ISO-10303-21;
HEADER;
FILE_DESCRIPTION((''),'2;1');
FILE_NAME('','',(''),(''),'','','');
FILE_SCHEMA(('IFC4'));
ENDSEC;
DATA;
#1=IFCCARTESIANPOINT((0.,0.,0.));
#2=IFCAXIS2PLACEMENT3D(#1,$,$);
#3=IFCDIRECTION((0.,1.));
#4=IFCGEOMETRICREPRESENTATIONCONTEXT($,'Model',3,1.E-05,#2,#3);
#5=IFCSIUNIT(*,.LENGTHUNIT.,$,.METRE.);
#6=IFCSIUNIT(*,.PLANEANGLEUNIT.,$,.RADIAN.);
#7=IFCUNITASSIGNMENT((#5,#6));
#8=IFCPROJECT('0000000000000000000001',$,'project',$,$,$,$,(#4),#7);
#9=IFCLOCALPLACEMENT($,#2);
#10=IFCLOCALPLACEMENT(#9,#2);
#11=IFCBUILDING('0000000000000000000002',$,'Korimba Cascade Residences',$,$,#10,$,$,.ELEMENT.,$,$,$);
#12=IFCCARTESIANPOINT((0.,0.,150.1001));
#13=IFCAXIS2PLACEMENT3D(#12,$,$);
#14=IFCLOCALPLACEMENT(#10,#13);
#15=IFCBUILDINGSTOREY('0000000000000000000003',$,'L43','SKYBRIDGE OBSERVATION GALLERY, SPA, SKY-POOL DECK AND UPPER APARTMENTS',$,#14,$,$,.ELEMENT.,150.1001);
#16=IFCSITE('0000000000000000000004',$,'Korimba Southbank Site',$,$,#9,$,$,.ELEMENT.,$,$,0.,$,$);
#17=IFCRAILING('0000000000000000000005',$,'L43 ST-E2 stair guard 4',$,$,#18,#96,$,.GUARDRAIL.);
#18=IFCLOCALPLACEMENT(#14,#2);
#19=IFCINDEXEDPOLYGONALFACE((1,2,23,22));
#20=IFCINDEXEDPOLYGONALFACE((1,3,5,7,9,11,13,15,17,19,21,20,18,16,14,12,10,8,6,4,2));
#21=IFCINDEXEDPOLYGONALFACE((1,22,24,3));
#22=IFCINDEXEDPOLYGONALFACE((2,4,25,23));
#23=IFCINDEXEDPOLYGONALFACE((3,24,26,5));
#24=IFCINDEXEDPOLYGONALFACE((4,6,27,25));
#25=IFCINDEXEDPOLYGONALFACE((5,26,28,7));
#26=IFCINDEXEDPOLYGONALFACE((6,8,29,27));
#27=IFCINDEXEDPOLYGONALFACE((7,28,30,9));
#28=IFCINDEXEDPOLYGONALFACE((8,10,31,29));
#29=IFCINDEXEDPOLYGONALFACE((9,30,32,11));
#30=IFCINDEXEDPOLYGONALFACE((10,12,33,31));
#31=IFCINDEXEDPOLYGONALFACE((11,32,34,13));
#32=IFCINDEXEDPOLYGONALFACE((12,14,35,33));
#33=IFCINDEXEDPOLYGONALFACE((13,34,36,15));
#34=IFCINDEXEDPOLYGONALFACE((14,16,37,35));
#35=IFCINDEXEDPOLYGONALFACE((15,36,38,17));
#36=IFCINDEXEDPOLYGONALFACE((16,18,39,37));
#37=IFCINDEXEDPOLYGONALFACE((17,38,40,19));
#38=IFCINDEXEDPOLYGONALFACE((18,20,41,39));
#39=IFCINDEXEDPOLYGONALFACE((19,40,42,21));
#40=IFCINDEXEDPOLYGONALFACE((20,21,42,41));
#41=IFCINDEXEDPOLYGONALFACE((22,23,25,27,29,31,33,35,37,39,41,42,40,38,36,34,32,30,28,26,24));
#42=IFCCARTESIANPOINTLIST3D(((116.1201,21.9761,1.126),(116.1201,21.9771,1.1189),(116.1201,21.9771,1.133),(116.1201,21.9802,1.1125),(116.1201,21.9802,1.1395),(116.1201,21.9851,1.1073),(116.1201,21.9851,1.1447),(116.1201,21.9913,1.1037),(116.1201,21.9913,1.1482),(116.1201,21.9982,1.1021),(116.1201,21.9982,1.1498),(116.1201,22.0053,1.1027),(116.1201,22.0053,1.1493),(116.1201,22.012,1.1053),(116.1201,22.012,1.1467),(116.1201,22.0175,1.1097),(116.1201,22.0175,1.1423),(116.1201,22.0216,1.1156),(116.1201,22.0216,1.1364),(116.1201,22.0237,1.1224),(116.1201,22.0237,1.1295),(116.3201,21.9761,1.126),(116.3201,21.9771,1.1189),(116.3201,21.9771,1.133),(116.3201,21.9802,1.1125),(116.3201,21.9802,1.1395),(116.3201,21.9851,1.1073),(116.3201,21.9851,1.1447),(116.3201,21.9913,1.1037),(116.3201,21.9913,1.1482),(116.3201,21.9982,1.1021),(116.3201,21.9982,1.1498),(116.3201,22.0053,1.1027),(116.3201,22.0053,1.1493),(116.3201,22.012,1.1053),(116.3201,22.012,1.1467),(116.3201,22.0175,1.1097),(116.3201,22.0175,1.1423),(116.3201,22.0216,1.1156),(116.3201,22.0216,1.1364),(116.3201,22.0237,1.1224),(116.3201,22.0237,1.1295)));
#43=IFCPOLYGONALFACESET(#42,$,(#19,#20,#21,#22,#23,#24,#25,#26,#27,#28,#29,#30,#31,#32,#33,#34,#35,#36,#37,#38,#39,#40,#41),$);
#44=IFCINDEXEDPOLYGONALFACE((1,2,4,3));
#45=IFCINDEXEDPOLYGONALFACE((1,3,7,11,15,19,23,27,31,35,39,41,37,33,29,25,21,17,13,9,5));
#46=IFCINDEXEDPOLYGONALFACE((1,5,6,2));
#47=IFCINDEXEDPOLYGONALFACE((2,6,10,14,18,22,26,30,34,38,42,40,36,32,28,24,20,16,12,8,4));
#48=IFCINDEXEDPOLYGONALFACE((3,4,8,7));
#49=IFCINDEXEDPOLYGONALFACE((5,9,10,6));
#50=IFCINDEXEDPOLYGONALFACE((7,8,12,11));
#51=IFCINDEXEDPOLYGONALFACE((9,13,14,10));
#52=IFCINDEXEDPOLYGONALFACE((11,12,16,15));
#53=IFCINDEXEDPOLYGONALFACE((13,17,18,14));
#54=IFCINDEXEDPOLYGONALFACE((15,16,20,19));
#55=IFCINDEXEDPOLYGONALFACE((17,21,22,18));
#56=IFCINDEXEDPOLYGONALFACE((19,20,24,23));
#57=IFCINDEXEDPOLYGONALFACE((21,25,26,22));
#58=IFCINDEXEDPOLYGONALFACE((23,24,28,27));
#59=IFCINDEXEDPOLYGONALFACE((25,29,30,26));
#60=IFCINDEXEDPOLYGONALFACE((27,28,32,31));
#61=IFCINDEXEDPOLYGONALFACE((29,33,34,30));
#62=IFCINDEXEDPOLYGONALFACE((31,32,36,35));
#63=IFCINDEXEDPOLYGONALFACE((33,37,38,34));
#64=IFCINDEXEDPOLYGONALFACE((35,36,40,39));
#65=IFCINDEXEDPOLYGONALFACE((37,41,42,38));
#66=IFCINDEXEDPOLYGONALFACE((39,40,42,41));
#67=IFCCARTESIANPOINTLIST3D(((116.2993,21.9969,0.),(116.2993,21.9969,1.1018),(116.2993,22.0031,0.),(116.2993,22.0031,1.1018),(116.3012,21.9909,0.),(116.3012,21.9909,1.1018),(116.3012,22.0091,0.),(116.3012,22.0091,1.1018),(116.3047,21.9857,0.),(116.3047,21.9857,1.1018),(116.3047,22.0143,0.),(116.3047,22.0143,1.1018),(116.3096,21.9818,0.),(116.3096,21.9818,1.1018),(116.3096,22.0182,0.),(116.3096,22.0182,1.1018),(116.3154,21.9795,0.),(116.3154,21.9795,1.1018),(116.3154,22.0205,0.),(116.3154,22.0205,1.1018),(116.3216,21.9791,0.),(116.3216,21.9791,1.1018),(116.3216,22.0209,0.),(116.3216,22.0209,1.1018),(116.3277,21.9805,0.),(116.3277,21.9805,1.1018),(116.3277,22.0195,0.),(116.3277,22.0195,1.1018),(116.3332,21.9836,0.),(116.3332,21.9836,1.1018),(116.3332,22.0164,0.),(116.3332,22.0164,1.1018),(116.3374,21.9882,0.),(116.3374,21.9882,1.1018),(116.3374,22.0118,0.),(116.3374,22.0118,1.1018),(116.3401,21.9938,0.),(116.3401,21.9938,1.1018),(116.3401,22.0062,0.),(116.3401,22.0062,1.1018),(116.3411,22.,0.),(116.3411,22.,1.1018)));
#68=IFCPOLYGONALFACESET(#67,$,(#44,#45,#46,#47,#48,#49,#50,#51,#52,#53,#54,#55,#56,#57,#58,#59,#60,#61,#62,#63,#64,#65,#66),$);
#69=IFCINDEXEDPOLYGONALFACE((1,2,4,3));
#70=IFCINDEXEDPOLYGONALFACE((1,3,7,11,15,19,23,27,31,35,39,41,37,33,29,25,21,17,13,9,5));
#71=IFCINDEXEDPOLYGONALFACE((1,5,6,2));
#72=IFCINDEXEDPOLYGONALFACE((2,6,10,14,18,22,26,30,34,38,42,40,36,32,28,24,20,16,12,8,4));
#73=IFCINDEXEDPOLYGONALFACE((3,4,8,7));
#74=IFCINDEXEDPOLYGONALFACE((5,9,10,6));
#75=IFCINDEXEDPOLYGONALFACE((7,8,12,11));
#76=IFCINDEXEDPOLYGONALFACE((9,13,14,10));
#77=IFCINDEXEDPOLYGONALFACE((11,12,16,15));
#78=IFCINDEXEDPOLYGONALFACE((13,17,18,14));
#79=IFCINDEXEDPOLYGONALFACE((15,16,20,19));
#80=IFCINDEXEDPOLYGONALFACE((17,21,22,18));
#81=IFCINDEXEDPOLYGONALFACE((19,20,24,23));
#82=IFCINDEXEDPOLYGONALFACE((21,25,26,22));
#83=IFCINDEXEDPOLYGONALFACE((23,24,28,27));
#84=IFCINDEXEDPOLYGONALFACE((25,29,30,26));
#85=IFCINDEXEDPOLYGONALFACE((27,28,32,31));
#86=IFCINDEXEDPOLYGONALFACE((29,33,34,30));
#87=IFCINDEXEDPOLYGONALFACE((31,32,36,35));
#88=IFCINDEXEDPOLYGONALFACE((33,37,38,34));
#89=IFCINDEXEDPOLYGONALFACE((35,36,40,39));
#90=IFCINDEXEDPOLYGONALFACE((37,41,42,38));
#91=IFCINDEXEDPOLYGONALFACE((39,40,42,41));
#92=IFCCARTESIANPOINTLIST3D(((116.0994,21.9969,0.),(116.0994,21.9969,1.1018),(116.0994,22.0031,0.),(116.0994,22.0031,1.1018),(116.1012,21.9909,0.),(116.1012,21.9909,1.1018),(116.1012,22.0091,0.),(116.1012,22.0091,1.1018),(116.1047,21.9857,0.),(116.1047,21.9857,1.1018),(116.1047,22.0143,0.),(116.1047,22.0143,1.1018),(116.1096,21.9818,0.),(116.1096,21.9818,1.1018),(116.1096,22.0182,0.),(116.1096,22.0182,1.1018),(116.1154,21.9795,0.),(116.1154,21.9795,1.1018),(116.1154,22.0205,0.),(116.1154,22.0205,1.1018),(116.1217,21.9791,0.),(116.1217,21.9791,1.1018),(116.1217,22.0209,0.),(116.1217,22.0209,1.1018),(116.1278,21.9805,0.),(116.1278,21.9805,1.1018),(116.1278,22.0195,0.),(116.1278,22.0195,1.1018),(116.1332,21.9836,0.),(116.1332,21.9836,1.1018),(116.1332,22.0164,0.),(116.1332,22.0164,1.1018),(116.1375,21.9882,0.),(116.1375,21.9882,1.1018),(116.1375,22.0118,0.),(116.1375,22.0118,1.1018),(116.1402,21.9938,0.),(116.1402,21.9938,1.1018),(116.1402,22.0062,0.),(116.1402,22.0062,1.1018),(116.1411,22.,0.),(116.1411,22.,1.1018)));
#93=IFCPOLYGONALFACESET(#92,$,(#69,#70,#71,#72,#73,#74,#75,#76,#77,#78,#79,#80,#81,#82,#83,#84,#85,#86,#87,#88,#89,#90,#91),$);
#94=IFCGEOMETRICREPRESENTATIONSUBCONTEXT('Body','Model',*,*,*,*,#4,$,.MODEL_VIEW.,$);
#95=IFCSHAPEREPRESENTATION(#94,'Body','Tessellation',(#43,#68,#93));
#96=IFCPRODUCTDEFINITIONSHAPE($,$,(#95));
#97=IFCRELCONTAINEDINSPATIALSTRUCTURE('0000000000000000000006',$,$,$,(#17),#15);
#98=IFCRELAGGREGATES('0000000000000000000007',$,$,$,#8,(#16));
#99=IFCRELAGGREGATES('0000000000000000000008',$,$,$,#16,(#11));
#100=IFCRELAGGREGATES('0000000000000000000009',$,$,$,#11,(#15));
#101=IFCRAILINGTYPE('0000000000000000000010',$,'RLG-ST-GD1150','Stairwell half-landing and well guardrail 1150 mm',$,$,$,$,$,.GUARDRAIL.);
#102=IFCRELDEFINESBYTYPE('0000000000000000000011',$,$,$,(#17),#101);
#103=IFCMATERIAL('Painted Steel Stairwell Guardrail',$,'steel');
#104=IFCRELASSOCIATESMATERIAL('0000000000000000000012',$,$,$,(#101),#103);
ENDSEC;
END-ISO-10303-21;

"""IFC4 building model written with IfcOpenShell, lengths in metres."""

from ifc_helpers import new_model, si_unit, direction, frame, origin, origin_2d, place, context, subcontext, project, spatial, circle, extrude, material, type_object, element, save


model = new_model("IFC4")

# Units and contexts
model_context = context("Model", 3, precision=1e-05, world=origin(), true_north=direction((0.0, 1.0)))
body_context = subcontext(model_context, "Body", "Model", "MODEL_VIEW")
ifc_project = project(units=[si_unit("LENGTHUNIT", "METRE"), si_unit("PLANEANGLEUNIT", "RADIAN")], contexts=[model_context])

# Site, building, storey
site_placement = place(None, origin())
site = spatial("IfcSite", under=ifc_project, at=site_placement, Name="Korimba Southbank Site", CompositionType="ELEMENT", RefElevation=0.0)
building_placement = place(site_placement, origin())
building = spatial("IfcBuilding", under=site, at=building_placement, Name="Korimba Cascade Residences", CompositionType="ELEMENT")
storey_placement = place(building_placement, frame((0.0, 0.0, 150.1001)))
storey = spatial("IfcBuildingStorey", under=building, at=storey_placement, Name="L43", Description="SKYBRIDGE OBSERVATION GALLERY, SPA, SKY-POOL DECK AND UPPER APARTMENTS", CompositionType="ELEMENT", Elevation=150.1001)

# Railing
ifc_material_1 = material(Name="Painted Steel Stairwell Guardrail", Category="steel")
railing_type_1 = type_object("IfcRailingType", Name="RLG-ST-GD1150", Description="Stairwell half-landing and well guardrail 1150 mm", PredefinedType="GUARDRAIL", material=ifc_material_1)
railing_1_placement = place(storey_placement, frame((116.3201, 22.0, 0.0)))
element("IfcRailing", 1, at=railing_1_placement, inside=storey, type_object=railing_type_1, Name="L43 ST-E2 stair guard 4", PredefinedType="GUARDRAIL", context=body_context, shape_type="SweptSolid", body=[
    extrude(circle(Radius=0.0239, at=origin_2d()), frame((0.0, 0.0, 1.126), z_axis=(-1.0, 0.0, 0.0), x_axis=(0.0, -1.0, 0.0)), (0.0, 0.0, 1.0), 0.2),
    extrude(circle(Radius=0.021, at=origin_2d()), origin(), (0.0, 0.0, 1.0), 1.1018),
    extrude(circle(Radius=0.021, at=origin_2d()), frame((-0.2, 0.0, 0.0)), (0.0, 0.0, 1.0), 1.1018),
])

save(model, "model.ifc")
